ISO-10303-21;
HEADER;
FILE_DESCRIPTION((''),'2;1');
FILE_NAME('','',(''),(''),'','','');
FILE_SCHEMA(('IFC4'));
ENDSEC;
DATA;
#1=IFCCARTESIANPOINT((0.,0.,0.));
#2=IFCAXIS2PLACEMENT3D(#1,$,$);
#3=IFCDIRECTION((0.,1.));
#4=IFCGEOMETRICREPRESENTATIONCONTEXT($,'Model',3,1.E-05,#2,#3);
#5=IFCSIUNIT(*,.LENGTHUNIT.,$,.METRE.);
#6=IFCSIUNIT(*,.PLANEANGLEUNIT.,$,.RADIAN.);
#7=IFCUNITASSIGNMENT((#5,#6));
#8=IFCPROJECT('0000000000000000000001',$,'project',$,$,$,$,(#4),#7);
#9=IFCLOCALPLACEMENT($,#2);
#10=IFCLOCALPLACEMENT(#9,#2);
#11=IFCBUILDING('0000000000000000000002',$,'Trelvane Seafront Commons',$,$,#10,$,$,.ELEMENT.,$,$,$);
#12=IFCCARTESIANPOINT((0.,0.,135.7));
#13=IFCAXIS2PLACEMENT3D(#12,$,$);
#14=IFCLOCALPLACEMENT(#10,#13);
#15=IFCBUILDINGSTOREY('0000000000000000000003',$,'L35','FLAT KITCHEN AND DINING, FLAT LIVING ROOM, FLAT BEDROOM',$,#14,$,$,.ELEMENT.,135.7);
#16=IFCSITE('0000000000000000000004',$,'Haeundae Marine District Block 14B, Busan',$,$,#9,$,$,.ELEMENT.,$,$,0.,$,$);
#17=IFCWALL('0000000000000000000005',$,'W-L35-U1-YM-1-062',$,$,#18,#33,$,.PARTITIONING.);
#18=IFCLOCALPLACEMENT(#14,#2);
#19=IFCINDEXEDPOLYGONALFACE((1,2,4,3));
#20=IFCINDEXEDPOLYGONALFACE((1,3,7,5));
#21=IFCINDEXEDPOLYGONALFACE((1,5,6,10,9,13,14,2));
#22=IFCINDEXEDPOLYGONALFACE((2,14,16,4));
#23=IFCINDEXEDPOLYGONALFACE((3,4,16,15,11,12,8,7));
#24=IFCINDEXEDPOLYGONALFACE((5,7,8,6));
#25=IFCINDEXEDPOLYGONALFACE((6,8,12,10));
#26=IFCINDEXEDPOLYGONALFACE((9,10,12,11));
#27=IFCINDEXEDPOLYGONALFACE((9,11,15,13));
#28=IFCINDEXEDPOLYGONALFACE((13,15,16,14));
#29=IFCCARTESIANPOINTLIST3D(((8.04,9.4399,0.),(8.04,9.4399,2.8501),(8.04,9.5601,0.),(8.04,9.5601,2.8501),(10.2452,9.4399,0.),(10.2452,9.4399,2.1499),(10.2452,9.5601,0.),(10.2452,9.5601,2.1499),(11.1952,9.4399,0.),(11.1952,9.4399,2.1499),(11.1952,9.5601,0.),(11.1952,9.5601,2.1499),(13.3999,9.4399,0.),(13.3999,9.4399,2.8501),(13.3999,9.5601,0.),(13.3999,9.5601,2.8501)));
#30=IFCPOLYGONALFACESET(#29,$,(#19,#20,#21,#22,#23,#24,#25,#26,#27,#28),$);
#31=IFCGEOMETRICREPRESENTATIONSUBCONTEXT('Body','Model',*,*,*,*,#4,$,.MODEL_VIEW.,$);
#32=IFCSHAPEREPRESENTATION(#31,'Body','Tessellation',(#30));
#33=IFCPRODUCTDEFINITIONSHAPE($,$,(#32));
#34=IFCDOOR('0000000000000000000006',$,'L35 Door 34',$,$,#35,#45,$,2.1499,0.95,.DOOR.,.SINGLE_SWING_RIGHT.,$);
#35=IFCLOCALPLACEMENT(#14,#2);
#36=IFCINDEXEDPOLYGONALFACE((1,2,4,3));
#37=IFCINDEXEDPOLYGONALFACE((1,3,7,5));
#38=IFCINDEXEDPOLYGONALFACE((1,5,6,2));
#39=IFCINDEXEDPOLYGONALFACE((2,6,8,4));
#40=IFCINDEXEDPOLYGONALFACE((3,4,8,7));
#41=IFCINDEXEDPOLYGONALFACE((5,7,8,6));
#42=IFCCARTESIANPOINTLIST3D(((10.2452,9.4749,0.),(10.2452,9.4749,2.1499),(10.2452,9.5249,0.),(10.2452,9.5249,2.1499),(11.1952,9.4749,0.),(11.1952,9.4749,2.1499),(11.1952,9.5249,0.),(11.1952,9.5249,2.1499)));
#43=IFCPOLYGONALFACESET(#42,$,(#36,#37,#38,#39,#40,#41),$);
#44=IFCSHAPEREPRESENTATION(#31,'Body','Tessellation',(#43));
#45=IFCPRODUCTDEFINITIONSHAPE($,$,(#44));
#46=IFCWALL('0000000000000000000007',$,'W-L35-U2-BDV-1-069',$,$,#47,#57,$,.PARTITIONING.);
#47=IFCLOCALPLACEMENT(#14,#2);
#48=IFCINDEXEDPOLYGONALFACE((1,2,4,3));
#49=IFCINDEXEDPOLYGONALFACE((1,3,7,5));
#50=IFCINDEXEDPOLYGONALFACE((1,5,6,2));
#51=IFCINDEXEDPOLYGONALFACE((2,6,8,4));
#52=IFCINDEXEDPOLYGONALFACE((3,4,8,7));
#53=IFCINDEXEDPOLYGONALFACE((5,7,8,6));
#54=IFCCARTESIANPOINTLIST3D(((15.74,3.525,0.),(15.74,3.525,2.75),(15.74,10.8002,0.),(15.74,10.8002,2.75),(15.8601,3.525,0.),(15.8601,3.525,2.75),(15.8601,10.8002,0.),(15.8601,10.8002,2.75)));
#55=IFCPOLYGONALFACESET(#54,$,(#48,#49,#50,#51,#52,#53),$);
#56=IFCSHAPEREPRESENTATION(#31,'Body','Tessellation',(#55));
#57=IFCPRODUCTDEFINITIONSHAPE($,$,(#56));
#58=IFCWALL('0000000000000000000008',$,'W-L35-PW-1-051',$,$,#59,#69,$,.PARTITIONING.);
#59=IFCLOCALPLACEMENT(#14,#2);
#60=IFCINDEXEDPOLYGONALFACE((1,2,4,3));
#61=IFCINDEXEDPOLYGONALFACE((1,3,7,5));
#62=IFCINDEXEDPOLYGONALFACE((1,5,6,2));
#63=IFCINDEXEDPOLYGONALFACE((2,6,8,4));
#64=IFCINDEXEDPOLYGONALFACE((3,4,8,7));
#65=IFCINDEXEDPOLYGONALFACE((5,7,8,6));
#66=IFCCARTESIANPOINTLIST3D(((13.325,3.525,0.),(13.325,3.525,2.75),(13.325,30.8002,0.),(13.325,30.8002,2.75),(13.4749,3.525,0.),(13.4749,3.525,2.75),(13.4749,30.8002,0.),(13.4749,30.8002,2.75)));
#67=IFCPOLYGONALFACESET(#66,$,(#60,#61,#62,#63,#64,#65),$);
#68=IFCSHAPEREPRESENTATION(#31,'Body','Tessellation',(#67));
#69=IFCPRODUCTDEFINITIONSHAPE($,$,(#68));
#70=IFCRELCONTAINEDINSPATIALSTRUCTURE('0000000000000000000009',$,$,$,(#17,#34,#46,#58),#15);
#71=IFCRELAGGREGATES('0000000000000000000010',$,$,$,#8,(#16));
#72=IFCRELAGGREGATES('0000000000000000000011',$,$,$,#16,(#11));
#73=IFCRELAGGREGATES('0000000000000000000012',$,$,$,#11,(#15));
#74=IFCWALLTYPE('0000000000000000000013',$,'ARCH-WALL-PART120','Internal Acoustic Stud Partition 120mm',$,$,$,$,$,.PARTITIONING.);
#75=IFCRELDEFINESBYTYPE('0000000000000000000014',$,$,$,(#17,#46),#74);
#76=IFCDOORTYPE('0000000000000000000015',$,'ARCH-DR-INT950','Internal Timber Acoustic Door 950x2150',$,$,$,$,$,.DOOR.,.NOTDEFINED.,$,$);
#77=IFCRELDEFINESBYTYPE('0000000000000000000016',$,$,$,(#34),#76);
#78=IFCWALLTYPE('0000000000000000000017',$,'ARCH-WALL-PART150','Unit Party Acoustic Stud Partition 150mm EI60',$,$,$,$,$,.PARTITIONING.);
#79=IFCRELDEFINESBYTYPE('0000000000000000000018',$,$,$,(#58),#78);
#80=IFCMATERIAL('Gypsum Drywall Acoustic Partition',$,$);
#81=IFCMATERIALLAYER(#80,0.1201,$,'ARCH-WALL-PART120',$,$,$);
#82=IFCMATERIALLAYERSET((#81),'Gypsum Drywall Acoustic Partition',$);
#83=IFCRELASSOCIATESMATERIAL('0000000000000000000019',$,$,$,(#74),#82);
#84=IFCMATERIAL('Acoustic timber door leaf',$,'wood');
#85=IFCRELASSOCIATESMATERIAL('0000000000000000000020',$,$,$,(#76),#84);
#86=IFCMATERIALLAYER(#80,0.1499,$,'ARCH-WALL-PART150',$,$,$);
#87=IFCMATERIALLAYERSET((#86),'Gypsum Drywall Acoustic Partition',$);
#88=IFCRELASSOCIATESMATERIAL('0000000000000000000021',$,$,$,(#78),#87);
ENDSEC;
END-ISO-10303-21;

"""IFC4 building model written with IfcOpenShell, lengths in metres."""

from ifc_helpers import new_model, si_unit, direction, frame, frame_2d, origin, place, context, subcontext, project, spatial, rectangle, extrude, source, transform, mapped, material, layer, layer_set, type_object, element, fill, save


model = new_model("IFC4")

# Units and contexts
model_context = context("Model", 3, precision=1e-05, world=origin(), true_north=direction((0.0, 1.0)))
body_context = subcontext(model_context, "Body", "Model", "MODEL_VIEW")
ifc_project = project(units=[si_unit("LENGTHUNIT", "METRE"), si_unit("PLANEANGLEUNIT", "RADIAN")], contexts=[model_context])

# Site, building, storey
site_placement = place(None, origin())
site = spatial("IfcSite", under=ifc_project, at=site_placement, Name="Haeundae Marine District Block 14B, Busan", CompositionType="ELEMENT", RefElevation=0.0)
building_placement = place(site_placement, origin())
building = spatial("IfcBuilding", under=site, at=building_placement, Name="Trelvane Seafront Commons", CompositionType="ELEMENT")
storey_placement = place(building_placement, frame((0.0, 0.0, 135.7)))
storey = spatial("IfcBuildingStorey", under=building, at=storey_placement, Name="L35", Description="FLAT KITCHEN AND DINING, FLAT LIVING ROOM, FLAT BEDROOM", CompositionType="ELEMENT", Elevation=135.7)

# Wall, opening, door
ifc_material_1 = material(Name="Gypsum Drywall Acoustic Partition")
ifc_layer_1 = layer(ifc_material_1, 0.1201, Name="ARCH-WALL-PART120")
ifc_layer_set_1 = layer_set([ifc_layer_1], Name="Gypsum Drywall Acoustic Partition")
wall_type_1 = type_object("IfcWallType", Name="ARCH-WALL-PART120", Description="Internal Acoustic Stud Partition 120mm", PredefinedType="PARTITIONING", material=ifc_layer_set_1)
wall_1_placement = place(storey_placement, frame((8.04, 9.5, 0.0), z_axis=(0.0, 0.0, 1.0), x_axis=(1.0, 0.0, 0.0)))
wall_1 = element("IfcWall", 1, at=wall_1_placement, inside=storey, type_object=wall_type_1, Name="W-L35-U1-YM-1-062", PredefinedType="PARTITIONING", context=body_context, shape_type="SweptSolid", body=[
    extrude(rectangle(XDim=5.3599, YDim=0.1201, at=frame_2d((2.6799, 0.0))), origin(), (0.0, 0.0, 1.0), 2.8501),
])
opening_1_placement = place(wall_1_placement, frame((2.2051, 0.0, 0.0)))
opening_1 = element("IfcOpeningElement", 2, at=opening_1_placement, cuts=wall_1, PredefinedType="OPENING", context=body_context, shape_type="SweptSolid", body=[
    extrude(rectangle(XDim=0.95, YDim=2.1499, at=frame_2d((0.4751, 1.075))), frame((0.0, 0.0701, 0.0), z_axis=(0.0, -1.0, 0.0), x_axis=(1.0, 0.0, 0.0)), (0.0, 0.0, 1.0), 0.1401),
])
ifc_material_2 = material(Name="Acoustic timber door leaf", Category="wood")
door_type = type_object("IfcDoorType", Name="ARCH-DR-INT950", Description="Internal Timber Acoustic Door 950x2150", OperationType="NOTDEFINED", PredefinedType="DOOR", material=ifc_material_2)
shared_shape_1 = source(origin(), body_context, "Body", "SweptSolid", [
    extrude(rectangle(XDim=0.95, YDim=2.1499, at=frame_2d((0.4751, 1.075))), frame((0.0, 0.0249, 0.0), z_axis=(0.0, -1.0, 0.0), x_axis=(1.0, 0.0, 0.0)), (0.0, 0.0, 1.0), 0.05),
])
door_1_placement = place(opening_1_placement, origin())
door_1 = element("IfcDoor", 3, at=door_1_placement, inside=storey, type_object=door_type, Name="L35 Door 34", OperationType="SINGLE_SWING_RIGHT", OverallHeight=2.1499, OverallWidth=0.95, PredefinedType="DOOR", context=body_context, shape_type="MappedRepresentation", body=[
    mapped(shared_shape_1, transform((0.0, 0.0, 0.0), x_axis=(1.0, 0.0, 0.0), y_axis=(0.0, 1.0, 0.0), z_axis=(0.0, 0.0, 1.0), scale=1.0)),
])
fill(opening_1, door_1)

# Walls
wall_2_placement = place(storey_placement, frame((15.8, 3.5249, 0.0), z_axis=(0.0, 0.0, 1.0), x_axis=(0.0, 1.0, 0.0)))
element("IfcWall", 4, at=wall_2_placement, inside=storey, type_object=wall_type_1, Name="W-L35-U2-BDV-1-069", PredefinedType="PARTITIONING", context=body_context, shape_type="SweptSolid", body=[
    extrude(rectangle(XDim=7.2751, YDim=0.1201, at=frame_2d((3.6377, 0.0))), origin(), (0.0, 0.0, 1.0), 2.75),
])
ifc_layer_2 = layer(ifc_material_1, 0.1499, Name="ARCH-WALL-PART150")
ifc_layer_set_2 = layer_set([ifc_layer_2], Name="Gypsum Drywall Acoustic Partition")
wall_type_2 = type_object("IfcWallType", Name="ARCH-WALL-PART150", Description="Unit Party Acoustic Stud Partition 150mm EI60", PredefinedType="PARTITIONING", material=ifc_layer_set_2)
wall_3_placement = place(storey_placement, frame((13.3999, 3.5249, 0.0), z_axis=(0.0, 0.0, 1.0), x_axis=(0.0, 1.0, 0.0)))
element("IfcWall", 5, at=wall_3_placement, inside=storey, type_object=wall_type_2, Name="W-L35-PW-1-051", PredefinedType="PARTITIONING", context=body_context, shape_type="SweptSolid", body=[
    extrude(rectangle(XDim=27.2751, YDim=0.1499, at=frame_2d((13.6377, 0.0))), origin(), (0.0, 0.0, 1.0), 2.75),
])

save(model, "model.ifc")
